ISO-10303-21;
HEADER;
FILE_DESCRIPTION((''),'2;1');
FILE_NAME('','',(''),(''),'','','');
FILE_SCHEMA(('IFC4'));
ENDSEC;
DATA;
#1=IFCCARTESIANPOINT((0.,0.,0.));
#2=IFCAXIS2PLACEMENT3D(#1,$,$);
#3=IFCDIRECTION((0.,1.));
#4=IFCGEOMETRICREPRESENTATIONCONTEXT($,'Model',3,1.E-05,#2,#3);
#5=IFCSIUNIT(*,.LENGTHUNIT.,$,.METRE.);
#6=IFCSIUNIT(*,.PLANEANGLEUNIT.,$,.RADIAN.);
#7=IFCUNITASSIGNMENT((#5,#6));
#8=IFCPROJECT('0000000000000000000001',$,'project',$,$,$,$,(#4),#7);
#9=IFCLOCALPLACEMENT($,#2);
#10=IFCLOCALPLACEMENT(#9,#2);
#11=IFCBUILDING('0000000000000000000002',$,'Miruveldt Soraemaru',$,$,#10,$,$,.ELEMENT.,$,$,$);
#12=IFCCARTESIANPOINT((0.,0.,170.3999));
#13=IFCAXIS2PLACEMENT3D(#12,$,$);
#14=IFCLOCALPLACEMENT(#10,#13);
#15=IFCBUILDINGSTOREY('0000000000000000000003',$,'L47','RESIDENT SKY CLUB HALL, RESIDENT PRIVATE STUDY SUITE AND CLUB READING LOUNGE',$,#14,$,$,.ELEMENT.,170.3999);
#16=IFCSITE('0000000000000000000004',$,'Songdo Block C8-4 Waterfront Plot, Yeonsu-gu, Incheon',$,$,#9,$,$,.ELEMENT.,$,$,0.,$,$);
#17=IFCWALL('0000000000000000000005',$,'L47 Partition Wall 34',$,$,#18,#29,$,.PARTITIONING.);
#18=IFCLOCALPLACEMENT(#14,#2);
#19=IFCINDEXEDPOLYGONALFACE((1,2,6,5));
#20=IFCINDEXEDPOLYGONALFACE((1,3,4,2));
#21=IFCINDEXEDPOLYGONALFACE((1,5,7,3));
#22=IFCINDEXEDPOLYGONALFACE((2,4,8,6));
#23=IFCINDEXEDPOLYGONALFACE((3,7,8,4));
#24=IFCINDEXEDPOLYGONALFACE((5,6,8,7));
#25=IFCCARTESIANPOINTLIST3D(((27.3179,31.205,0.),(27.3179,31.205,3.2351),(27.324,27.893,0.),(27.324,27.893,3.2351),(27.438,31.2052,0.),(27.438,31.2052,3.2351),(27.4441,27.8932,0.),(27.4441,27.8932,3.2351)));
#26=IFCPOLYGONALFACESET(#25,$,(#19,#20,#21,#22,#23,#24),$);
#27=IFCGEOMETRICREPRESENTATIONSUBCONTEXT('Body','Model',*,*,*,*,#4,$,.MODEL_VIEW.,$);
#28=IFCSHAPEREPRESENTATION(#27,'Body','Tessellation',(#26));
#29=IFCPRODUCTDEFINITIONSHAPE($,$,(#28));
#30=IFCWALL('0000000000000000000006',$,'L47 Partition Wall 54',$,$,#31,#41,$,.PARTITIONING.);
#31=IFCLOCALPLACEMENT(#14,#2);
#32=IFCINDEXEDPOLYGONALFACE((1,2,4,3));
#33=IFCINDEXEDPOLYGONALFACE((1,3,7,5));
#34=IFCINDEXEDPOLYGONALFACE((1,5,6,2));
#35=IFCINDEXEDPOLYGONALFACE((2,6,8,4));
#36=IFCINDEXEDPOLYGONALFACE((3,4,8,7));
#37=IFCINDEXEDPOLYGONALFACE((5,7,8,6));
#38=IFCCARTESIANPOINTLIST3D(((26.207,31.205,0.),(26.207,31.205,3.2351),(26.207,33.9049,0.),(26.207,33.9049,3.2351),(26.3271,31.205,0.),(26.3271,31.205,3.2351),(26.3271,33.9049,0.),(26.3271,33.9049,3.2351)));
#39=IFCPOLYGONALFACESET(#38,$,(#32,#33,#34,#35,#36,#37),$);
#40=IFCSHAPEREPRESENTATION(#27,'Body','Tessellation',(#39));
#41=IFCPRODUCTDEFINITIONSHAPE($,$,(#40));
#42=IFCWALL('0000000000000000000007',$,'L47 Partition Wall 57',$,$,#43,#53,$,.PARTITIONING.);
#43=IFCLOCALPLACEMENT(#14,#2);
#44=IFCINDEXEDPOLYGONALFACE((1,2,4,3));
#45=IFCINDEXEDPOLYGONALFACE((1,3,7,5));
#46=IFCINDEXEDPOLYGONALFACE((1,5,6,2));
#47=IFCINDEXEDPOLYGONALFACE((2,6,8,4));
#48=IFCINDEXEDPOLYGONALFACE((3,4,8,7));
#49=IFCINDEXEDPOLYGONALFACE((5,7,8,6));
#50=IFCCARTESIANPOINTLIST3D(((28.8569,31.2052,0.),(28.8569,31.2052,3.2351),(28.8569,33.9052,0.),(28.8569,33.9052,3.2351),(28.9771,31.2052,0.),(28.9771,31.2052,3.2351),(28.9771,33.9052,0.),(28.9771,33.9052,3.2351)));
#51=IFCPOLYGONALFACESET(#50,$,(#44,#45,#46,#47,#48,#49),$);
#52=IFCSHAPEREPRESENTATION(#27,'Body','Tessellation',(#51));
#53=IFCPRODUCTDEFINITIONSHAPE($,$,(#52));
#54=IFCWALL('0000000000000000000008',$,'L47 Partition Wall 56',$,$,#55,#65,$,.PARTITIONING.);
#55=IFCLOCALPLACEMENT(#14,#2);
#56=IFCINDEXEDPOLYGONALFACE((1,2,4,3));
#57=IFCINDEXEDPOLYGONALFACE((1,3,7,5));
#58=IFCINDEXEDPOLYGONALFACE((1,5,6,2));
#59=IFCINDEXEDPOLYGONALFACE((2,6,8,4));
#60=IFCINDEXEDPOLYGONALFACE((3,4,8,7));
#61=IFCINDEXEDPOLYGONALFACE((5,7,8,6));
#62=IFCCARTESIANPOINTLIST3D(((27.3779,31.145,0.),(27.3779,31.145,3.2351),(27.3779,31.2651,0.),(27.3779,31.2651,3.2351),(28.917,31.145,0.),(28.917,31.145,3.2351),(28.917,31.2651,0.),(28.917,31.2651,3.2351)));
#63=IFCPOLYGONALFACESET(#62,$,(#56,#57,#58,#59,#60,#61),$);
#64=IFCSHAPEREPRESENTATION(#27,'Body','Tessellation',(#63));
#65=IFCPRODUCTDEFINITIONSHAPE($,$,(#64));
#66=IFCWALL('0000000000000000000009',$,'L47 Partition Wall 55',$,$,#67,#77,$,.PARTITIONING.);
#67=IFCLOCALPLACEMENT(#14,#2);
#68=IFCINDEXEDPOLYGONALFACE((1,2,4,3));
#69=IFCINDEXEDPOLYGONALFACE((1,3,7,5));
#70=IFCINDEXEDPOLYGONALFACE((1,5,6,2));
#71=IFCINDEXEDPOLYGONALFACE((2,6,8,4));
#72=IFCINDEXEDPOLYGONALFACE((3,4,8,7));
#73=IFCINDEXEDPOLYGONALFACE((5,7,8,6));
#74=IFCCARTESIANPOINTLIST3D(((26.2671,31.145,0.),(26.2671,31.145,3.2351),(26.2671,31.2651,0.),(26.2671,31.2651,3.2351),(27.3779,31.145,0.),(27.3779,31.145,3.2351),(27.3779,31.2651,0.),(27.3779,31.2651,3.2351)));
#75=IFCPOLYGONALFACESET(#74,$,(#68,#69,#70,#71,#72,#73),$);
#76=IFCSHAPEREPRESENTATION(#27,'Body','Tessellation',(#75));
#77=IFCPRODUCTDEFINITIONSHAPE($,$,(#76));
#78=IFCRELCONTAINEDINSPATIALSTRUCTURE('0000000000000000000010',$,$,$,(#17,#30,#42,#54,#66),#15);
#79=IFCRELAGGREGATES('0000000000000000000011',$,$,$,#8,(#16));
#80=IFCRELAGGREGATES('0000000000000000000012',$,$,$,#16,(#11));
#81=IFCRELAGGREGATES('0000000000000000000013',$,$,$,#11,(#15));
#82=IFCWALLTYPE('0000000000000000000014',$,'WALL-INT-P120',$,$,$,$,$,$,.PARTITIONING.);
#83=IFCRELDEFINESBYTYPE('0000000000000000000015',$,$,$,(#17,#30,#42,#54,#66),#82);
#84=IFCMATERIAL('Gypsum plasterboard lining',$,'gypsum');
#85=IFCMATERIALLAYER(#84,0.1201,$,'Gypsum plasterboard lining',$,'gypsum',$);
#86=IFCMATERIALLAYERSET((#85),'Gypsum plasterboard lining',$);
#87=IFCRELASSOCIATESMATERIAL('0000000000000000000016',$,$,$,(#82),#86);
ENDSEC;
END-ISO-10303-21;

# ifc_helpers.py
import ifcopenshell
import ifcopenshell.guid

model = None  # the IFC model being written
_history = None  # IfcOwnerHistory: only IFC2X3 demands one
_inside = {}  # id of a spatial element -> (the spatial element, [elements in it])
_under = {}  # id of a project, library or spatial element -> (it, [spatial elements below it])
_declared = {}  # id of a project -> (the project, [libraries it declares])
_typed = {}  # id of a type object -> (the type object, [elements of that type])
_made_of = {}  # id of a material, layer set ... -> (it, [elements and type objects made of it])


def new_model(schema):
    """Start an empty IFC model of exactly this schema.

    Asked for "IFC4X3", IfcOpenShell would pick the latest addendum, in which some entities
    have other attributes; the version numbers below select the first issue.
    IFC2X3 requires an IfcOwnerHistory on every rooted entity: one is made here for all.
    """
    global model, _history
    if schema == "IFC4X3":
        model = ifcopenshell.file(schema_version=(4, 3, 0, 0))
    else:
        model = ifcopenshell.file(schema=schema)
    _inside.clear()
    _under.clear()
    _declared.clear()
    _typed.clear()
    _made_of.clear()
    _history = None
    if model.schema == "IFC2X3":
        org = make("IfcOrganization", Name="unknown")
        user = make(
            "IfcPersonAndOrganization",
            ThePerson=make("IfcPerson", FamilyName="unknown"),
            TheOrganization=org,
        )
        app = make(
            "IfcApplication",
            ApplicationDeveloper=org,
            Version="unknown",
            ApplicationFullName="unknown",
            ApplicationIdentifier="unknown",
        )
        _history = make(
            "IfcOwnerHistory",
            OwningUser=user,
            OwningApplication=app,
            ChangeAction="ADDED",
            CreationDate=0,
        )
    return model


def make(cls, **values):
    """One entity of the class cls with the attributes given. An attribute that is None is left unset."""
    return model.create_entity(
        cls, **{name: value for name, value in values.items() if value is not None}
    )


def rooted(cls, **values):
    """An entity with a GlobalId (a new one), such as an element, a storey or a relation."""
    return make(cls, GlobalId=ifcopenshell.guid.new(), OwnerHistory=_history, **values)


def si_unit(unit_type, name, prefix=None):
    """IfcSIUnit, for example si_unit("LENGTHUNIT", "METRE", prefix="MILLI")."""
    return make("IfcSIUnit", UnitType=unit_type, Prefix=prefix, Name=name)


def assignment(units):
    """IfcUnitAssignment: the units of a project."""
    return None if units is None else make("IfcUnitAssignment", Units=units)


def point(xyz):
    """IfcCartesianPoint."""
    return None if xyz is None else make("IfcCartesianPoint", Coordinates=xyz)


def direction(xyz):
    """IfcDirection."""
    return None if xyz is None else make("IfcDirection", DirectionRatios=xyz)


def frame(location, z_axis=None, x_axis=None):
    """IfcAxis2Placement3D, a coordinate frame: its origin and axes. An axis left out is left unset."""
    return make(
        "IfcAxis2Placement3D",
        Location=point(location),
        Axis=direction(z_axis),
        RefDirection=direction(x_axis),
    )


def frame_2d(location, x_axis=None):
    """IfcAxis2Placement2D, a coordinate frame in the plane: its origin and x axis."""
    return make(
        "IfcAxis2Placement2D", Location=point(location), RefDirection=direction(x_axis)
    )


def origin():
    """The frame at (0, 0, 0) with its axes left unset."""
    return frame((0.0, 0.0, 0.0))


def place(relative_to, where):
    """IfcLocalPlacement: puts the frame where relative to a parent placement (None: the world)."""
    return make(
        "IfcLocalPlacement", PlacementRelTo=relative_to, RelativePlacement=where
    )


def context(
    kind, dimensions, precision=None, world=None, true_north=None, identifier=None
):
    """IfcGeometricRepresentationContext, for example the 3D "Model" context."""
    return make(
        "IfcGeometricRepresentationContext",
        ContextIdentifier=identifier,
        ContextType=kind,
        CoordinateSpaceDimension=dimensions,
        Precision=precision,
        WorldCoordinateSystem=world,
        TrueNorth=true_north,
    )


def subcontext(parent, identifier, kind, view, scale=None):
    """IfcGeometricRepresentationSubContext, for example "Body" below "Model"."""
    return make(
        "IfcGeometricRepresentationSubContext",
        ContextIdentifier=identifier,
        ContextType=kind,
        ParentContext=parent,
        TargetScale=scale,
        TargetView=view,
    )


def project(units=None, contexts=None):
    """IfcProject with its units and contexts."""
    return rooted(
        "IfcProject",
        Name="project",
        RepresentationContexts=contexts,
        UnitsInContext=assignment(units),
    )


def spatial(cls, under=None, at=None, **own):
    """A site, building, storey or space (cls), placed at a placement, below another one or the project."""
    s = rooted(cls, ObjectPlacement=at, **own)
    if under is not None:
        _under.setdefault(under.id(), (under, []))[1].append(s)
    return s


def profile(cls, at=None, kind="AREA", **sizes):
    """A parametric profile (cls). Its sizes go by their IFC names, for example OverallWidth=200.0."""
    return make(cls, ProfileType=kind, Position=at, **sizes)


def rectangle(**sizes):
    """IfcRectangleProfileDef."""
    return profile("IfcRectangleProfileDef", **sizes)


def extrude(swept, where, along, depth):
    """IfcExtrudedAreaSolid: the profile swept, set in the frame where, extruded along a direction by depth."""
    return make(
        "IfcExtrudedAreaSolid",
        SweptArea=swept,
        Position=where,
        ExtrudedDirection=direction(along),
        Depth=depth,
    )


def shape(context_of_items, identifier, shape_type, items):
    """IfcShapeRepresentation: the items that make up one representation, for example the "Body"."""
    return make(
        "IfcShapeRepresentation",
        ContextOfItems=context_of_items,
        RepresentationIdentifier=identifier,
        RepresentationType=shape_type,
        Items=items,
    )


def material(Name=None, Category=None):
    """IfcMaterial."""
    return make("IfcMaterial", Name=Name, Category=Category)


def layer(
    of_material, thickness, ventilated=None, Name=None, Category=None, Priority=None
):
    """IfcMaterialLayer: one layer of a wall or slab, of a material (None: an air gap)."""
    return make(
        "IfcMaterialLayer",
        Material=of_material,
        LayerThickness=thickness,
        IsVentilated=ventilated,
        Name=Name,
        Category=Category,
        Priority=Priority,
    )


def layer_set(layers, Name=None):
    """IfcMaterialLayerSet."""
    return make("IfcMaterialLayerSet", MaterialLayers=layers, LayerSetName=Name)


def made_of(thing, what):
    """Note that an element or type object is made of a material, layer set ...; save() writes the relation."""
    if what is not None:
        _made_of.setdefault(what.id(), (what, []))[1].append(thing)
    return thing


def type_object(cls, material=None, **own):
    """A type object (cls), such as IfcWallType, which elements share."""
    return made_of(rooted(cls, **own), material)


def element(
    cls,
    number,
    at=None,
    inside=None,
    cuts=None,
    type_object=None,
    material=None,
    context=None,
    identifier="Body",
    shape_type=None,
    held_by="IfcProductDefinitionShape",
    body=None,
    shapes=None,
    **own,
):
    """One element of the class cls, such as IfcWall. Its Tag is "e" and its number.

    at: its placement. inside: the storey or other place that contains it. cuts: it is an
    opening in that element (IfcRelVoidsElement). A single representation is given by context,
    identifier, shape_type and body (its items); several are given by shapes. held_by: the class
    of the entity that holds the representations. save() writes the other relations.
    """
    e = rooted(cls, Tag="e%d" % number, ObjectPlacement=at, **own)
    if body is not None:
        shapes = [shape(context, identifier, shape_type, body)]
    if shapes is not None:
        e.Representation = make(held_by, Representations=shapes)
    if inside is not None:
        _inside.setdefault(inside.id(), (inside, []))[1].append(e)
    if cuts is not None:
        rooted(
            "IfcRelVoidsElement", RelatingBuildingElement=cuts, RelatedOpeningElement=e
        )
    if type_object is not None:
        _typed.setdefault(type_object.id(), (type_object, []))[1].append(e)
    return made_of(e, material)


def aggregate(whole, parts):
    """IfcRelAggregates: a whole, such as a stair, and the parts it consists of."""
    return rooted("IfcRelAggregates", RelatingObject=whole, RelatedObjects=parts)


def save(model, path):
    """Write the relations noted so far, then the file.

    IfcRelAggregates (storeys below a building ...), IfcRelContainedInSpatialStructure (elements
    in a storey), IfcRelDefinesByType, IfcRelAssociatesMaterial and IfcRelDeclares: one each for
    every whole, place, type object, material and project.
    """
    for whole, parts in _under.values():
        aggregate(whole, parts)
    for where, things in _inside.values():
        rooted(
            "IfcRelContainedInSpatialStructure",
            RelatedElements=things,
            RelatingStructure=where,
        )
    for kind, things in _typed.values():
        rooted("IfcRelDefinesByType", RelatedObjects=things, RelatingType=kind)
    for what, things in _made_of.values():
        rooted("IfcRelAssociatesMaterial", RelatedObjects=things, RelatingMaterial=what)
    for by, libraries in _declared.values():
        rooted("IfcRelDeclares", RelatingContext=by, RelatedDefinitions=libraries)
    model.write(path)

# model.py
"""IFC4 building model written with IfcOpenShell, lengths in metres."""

from ifc_helpers import new_model, si_unit, direction, frame, frame_2d, origin, place, context, subcontext, project, spatial, rectangle, extrude, material, layer, layer_set, type_object, element, save


model = new_model("IFC4")

# Units and contexts
model_context = context("Model", 3, precision=1e-05, world=origin(), true_north=direction((0.0, 1.0)))
body_context = subcontext(model_context, "Body", "Model", "MODEL_VIEW")
ifc_project = project(units=[si_unit("LENGTHUNIT", "METRE"), si_unit("PLANEANGLEUNIT", "RADIAN")], contexts=[model_context])

# Site, building, storey
site_placement = place(None, origin())
site = spatial("IfcSite", under=ifc_project, at=site_placement, Name="Songdo Block C8-4 Waterfront Plot, Yeonsu-gu, Incheon", CompositionType="ELEMENT", RefElevation=0.0)
building_placement = place(site_placement, origin())
building = spatial("IfcBuilding", under=site, at=building_placement, Name="Miruveldt Soraemaru", CompositionType="ELEMENT")
storey_placement = place(building_placement, frame((0.0, 0.0, 170.3999)))
storey = spatial("IfcBuildingStorey", under=building, at=storey_placement, Name="L47", Description="RESIDENT SKY CLUB HALL, RESIDENT PRIVATE STUDY SUITE AND CLUB READING LOUNGE", CompositionType="ELEMENT", Elevation=170.3999)

# Walls
ifc_material_1 = material(Name="Gypsum plasterboard lining", Category="gypsum")
ifc_layer_1 = layer(ifc_material_1, 0.1201, Name="Gypsum plasterboard lining", Category="gypsum")
ifc_layer_set_1 = layer_set([ifc_layer_1], Name="Gypsum plasterboard lining")
wall_type_1 = type_object("IfcWallType", Name="WALL-INT-P120", PredefinedType="PARTITIONING", material=ifc_layer_set_1)
wall_1_placement = place(storey_placement, frame((27.384, 27.8931, 0.0), z_axis=(0.0, 0.0, 1.0), x_axis=(-0.001843, 0.999998, 0.0)))
element("IfcWall", 1, at=wall_1_placement, inside=storey, type_object=wall_type_1, Name="L47 Partition Wall 34", PredefinedType="PARTITIONING", context=body_context, shape_type="SweptSolid", body=[
    extrude(rectangle(XDim=3.312, YDim=0.1201, at=frame_2d((1.656, 0.0))), origin(), (0.0, 0.0, 1.0), 3.2351),
])
for number, where, z_axis, x_axis, name in (
    (2, (26.2671, 33.905, 0.0), (0.0, 0.0, 1.0), (0.0, -1.0, 0.0), "L47 Partition Wall 54"),
    (3, (28.917, 31.2051, 0.0), (0.0, 0.0, 1.0), (0.0, 1.0, 0.0), "L47 Partition Wall 57"),
):
    element("IfcWall", number, at=place(storey_placement, frame(where, z_axis=z_axis, x_axis=x_axis)), inside=storey, type_object=wall_type_1, Name=name, PredefinedType="PARTITIONING", context=body_context, shape_type="SweptSolid", body=[
        extrude(rectangle(XDim=2.7, YDim=0.1201, at=frame_2d((1.3501, 0.0))), origin(), (0.0, 0.0, 1.0), 3.2351),
    ])
wall_2_placement = place(storey_placement, frame((27.3779, 31.2051, 0.0), z_axis=(0.0, 0.0, 1.0), x_axis=(1.0, 0.0, 0.0)))
element("IfcWall", 4, at=wall_2_placement, inside=storey, type_object=wall_type_1, Name="L47 Partition Wall 56", PredefinedType="PARTITIONING", context=body_context, shape_type="SweptSolid", body=[
    extrude(rectangle(XDim=1.5391, YDim=0.1201, at=frame_2d((0.7695, 0.0))), origin(), (0.0, 0.0, 1.0), 3.2351),
])
wall_3_placement = place(storey_placement, frame((26.2671, 31.2051, 0.0), z_axis=(0.0, 0.0, 1.0), x_axis=(1.0, 0.0, 0.0)))
element("IfcWall", 5, at=wall_3_placement, inside=storey, type_object=wall_type_1, Name="L47 Partition Wall 55", PredefinedType="PARTITIONING", context=body_context, shape_type="SweptSolid", body=[
    extrude(rectangle(XDim=1.1108, YDim=0.1201, at=frame_2d((0.5554, 0.0))), origin(), (0.0, 0.0, 1.0), 3.2351),
])

save(model, "model.ifc")
